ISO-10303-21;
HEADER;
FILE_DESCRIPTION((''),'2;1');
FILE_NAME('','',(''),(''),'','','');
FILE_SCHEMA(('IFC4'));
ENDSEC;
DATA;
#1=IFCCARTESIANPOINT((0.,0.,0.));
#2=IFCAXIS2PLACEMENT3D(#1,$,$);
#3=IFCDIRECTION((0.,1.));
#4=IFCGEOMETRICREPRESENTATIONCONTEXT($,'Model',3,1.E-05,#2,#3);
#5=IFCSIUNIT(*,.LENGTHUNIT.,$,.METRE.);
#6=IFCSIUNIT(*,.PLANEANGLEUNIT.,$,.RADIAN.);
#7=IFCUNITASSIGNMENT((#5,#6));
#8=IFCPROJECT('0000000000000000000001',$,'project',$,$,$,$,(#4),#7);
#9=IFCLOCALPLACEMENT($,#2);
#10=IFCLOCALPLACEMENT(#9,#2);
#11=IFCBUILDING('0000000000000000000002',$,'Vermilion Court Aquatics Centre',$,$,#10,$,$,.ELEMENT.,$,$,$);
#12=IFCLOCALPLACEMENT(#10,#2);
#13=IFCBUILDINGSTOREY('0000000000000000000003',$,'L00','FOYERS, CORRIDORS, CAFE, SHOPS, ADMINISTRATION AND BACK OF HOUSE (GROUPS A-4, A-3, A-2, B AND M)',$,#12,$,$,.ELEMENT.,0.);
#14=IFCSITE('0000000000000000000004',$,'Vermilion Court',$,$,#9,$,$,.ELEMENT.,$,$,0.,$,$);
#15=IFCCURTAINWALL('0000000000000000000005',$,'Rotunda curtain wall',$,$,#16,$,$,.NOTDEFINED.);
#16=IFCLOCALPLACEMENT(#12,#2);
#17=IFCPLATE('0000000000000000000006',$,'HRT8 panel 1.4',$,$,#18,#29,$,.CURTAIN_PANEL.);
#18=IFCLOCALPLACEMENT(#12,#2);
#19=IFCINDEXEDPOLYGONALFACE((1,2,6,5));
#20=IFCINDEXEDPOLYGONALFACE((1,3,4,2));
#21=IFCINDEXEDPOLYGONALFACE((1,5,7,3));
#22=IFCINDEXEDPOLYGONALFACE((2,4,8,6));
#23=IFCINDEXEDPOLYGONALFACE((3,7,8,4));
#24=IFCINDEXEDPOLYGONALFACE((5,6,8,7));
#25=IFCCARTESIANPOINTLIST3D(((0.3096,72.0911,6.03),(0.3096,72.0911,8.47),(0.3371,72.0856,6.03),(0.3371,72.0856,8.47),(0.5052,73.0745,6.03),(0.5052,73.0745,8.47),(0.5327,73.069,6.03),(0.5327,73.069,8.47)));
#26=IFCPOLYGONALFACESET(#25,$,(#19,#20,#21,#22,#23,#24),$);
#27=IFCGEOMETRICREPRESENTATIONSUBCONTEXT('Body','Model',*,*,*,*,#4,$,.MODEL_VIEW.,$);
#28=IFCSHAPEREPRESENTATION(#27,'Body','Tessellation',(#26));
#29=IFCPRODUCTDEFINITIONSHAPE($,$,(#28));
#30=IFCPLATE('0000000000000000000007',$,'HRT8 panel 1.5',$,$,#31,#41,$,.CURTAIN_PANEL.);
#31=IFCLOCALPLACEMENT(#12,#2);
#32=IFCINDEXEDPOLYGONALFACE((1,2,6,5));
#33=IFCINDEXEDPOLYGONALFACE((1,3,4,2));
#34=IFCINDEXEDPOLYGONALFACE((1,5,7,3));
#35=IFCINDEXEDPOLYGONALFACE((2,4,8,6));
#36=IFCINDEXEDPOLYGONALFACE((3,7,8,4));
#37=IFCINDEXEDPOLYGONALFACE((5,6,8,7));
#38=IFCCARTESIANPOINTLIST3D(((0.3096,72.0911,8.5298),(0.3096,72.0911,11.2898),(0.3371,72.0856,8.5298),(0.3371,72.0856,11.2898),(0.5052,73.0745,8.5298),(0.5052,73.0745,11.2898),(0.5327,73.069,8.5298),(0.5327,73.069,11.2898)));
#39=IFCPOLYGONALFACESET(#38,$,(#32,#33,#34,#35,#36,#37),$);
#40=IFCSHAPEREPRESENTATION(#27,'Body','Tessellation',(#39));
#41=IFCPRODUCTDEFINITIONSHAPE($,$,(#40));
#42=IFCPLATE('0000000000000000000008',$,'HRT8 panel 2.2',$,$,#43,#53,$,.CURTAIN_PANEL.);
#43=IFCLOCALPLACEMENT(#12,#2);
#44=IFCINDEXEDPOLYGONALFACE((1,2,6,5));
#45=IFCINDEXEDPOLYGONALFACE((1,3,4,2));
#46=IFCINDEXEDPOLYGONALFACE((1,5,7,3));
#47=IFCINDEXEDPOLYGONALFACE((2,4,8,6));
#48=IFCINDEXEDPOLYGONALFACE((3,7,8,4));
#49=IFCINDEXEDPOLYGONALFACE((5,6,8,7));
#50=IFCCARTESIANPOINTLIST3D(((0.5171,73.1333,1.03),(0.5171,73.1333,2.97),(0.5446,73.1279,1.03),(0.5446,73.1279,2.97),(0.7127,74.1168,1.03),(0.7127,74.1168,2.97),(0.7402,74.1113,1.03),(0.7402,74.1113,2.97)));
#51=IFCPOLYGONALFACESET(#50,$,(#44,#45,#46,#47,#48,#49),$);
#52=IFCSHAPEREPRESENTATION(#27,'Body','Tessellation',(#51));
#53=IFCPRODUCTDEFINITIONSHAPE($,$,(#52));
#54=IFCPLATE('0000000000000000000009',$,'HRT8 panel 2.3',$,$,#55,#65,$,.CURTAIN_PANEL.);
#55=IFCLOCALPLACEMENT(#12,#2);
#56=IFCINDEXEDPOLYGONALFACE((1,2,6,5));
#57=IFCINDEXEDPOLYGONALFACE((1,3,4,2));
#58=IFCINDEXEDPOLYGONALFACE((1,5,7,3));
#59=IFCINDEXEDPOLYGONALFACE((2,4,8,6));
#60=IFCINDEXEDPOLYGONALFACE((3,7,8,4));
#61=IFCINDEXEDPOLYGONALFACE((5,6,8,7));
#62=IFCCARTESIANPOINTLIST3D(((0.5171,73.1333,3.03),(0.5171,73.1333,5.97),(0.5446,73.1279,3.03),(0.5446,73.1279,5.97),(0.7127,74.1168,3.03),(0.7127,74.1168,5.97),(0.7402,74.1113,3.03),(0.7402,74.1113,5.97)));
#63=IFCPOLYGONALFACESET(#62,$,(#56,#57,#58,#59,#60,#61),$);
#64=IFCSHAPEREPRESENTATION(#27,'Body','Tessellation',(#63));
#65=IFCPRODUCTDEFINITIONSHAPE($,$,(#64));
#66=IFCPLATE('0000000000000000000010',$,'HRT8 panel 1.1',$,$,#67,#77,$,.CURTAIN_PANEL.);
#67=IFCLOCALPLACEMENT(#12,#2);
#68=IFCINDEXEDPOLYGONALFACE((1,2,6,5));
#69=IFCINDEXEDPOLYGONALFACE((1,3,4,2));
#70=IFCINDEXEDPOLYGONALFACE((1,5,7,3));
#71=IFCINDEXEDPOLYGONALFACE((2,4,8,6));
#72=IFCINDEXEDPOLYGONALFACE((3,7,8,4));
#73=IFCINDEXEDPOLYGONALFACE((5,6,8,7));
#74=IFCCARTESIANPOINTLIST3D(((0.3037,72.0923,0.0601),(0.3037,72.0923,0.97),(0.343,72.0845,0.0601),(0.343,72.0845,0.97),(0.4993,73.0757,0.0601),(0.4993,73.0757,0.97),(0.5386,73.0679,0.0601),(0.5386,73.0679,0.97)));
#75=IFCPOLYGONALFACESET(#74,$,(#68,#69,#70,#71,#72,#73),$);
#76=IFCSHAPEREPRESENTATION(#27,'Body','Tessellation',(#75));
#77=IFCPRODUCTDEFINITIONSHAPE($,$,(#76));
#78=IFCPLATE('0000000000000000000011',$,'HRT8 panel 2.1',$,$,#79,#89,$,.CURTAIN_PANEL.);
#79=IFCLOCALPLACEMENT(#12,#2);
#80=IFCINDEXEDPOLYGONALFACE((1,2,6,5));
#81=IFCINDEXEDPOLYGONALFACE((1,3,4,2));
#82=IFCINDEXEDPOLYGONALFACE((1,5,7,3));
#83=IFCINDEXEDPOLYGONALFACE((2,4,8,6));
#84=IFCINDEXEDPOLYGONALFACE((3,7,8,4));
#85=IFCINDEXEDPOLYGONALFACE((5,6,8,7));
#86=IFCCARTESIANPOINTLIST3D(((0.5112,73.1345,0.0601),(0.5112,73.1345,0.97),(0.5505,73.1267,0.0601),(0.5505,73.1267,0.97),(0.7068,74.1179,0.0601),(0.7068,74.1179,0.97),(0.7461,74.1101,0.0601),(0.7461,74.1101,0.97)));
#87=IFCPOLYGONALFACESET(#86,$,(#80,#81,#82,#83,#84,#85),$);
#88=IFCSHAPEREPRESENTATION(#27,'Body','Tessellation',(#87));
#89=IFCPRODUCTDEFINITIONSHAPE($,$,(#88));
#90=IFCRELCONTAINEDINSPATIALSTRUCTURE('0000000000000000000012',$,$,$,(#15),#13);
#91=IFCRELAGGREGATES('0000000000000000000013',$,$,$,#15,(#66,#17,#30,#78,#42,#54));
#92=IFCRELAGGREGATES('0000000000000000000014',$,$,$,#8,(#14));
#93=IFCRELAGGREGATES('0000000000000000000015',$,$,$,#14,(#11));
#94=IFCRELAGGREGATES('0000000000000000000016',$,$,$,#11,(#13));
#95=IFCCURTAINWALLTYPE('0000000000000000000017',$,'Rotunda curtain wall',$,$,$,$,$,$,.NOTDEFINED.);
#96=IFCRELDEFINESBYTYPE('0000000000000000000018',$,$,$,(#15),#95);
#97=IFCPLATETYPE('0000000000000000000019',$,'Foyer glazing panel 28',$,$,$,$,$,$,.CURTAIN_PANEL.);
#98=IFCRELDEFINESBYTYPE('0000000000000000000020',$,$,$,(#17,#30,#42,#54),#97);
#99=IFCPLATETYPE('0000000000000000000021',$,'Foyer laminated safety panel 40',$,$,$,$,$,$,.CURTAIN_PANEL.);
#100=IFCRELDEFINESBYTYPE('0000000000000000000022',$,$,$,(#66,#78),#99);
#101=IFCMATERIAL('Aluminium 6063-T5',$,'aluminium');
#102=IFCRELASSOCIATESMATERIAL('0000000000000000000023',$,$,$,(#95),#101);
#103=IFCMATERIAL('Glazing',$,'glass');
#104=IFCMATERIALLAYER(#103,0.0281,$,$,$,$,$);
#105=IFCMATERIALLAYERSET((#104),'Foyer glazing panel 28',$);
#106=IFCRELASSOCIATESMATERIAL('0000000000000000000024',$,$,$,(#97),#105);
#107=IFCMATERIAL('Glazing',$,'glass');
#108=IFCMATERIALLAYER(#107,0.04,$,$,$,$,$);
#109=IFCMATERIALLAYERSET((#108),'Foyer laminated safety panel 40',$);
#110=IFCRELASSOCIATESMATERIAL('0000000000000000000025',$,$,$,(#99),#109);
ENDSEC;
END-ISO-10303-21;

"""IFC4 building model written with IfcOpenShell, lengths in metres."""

from ifc_helpers import new_model, si_unit, direction, frame, origin, origin_2d, place, context, subcontext, project, spatial, rectangle, extrude, material, layer, layer_set, type_object, element, aggregate, save


model = new_model("IFC4")

# Units and contexts
model_context = context("Model", 3, precision=1e-05, world=origin(), true_north=direction((0.0, 1.0)))
body_context = subcontext(model_context, "Body", "Model", "MODEL_VIEW")
ifc_project = project(units=[si_unit("LENGTHUNIT", "METRE"), si_unit("PLANEANGLEUNIT", "RADIAN")], contexts=[model_context])

# Site, building, storey
site_placement = place(None, origin())
site = spatial("IfcSite", under=ifc_project, at=site_placement, Name="Vermilion Court", CompositionType="ELEMENT", RefElevation=0.0)
building_placement = place(site_placement, origin())
building = spatial("IfcBuilding", under=site, at=building_placement, Name="Vermilion Court Aquatics Centre", CompositionType="ELEMENT")
storey_placement = place(building_placement, origin())
storey = spatial("IfcBuildingStorey", under=building, at=storey_placement, Name="L00", Description="FOYERS, CORRIDORS, CAFE, SHOPS, ADMINISTRATION AND BACK OF HOUSE (GROUPS A-4, A-3, A-2, B AND M)", CompositionType="ELEMENT", Elevation=0.0)

# Curtain wall, plates
ifc_material_1 = material(Name="Aluminium 6063-T5", Category="aluminium")
curtain_wall_type = type_object("IfcCurtainWallType", Name="Rotunda curtain wall", PredefinedType="NOTDEFINED", material=ifc_material_1)
curtain_wall_placement = place(storey_placement, origin())
curtain_wall = element("IfcCurtainWall", 1, at=curtain_wall_placement, inside=storey, type_object=curtain_wall_type, Name="Rotunda curtain wall", PredefinedType="NOTDEFINED")
ifc_material_2 = material(Name="Glazing", Category="glass")
ifc_layer_1 = layer(ifc_material_2, 0.0281)
ifc_layer_set_1 = layer_set([ifc_layer_1], Name="Foyer glazing panel 28")
plate_type_1 = type_object("IfcPlateType", Name="Foyer glazing panel 28", PredefinedType="CURTAIN_PANEL", material=ifc_layer_set_1)
plate_1_placement = place(storey_placement, frame((0.4211, 72.5801, 6.03), z_axis=(0.0, 0.0, 1.0), x_axis=(0.195095, 0.980784, 0.0)))
plate_1 = element("IfcPlate", 2, at=plate_1_placement, type_object=plate_type_1, Name="HRT8 panel 1.4", PredefinedType="CURTAIN_PANEL", context=body_context, shape_type="SweptSolid", body=[
    extrude(rectangle(XDim=1.0027, YDim=0.0281, at=origin_2d()), origin(), (0.0, 0.0, 1.0), 2.4399),
])
plate_2_placement = place(storey_placement, frame((0.4211, 72.5801, 8.5298), z_axis=(0.0, 0.0, 1.0), x_axis=(0.195095, 0.980784, 0.0)))
plate_2 = element("IfcPlate", 3, at=plate_2_placement, type_object=plate_type_1, Name="HRT8 panel 1.5", PredefinedType="CURTAIN_PANEL", context=body_context, shape_type="SweptSolid", body=[
    extrude(rectangle(XDim=1.0027, YDim=0.0281, at=origin_2d()), origin(), (0.0, 0.0, 1.0), 2.76),
])
plate_3_placement = place(storey_placement, frame((0.6287, 73.6223, 1.03), z_axis=(0.0, 0.0, 1.0), x_axis=(0.195095, 0.980784, 0.0)))
plate_3 = element("IfcPlate", 4, at=plate_3_placement, type_object=plate_type_1, Name="HRT8 panel 2.2", PredefinedType="CURTAIN_PANEL", context=body_context, shape_type="SweptSolid", body=[
    extrude(rectangle(XDim=1.0027, YDim=0.0281, at=origin_2d()), origin(), (0.0, 0.0, 1.0), 1.9399),
])
plate_4_placement = place(storey_placement, frame((0.6287, 73.6223, 3.03), z_axis=(0.0, 0.0, 1.0), x_axis=(0.195095, 0.980784, 0.0)))
plate_4 = element("IfcPlate", 5, at=plate_4_placement, type_object=plate_type_1, Name="HRT8 panel 2.3", PredefinedType="CURTAIN_PANEL", context=body_context, shape_type="SweptSolid", body=[
    extrude(rectangle(XDim=1.0027, YDim=0.0281, at=origin_2d()), origin(), (0.0, 0.0, 1.0), 2.9399),
])
ifc_material_3 = material(Name="Glazing", Category="glass")
ifc_layer_2 = layer(ifc_material_3, 0.04)
ifc_layer_set_2 = layer_set([ifc_layer_2], Name="Foyer laminated safety panel 40")
plate_type_2 = type_object("IfcPlateType", Name="Foyer laminated safety panel 40", PredefinedType="CURTAIN_PANEL", material=ifc_layer_set_2)
plate_5_placement = place(storey_placement, frame((0.4211, 72.5801, 0.0601), z_axis=(0.0, 0.0, 1.0), x_axis=(0.195095, 0.980784, 0.0)))
plate_5 = element("IfcPlate", 6, at=plate_5_placement, type_object=plate_type_2, Name="HRT8 panel 1.1", PredefinedType="CURTAIN_PANEL", context=body_context, shape_type="SweptSolid", body=[
    extrude(rectangle(XDim=1.0027, YDim=0.04, at=origin_2d()), origin(), (0.0, 0.0, 1.0), 0.9099),
])
plate_6_placement = place(storey_placement, frame((0.6287, 73.6223, 0.0601), z_axis=(0.0, 0.0, 1.0), x_axis=(0.195095, 0.980784, 0.0)))
plate_6 = element("IfcPlate", 7, at=plate_6_placement, type_object=plate_type_2, Name="HRT8 panel 2.1", PredefinedType="CURTAIN_PANEL", context=body_context, shape_type="SweptSolid", body=[
    extrude(rectangle(XDim=1.0027, YDim=0.04, at=origin_2d()), origin(), (0.0, 0.0, 1.0), 0.9099),
])
aggregate(curtain_wall, [plate_5, plate_1, plate_2, plate_6, plate_3, plate_4])

save(model, "model.ifc")
